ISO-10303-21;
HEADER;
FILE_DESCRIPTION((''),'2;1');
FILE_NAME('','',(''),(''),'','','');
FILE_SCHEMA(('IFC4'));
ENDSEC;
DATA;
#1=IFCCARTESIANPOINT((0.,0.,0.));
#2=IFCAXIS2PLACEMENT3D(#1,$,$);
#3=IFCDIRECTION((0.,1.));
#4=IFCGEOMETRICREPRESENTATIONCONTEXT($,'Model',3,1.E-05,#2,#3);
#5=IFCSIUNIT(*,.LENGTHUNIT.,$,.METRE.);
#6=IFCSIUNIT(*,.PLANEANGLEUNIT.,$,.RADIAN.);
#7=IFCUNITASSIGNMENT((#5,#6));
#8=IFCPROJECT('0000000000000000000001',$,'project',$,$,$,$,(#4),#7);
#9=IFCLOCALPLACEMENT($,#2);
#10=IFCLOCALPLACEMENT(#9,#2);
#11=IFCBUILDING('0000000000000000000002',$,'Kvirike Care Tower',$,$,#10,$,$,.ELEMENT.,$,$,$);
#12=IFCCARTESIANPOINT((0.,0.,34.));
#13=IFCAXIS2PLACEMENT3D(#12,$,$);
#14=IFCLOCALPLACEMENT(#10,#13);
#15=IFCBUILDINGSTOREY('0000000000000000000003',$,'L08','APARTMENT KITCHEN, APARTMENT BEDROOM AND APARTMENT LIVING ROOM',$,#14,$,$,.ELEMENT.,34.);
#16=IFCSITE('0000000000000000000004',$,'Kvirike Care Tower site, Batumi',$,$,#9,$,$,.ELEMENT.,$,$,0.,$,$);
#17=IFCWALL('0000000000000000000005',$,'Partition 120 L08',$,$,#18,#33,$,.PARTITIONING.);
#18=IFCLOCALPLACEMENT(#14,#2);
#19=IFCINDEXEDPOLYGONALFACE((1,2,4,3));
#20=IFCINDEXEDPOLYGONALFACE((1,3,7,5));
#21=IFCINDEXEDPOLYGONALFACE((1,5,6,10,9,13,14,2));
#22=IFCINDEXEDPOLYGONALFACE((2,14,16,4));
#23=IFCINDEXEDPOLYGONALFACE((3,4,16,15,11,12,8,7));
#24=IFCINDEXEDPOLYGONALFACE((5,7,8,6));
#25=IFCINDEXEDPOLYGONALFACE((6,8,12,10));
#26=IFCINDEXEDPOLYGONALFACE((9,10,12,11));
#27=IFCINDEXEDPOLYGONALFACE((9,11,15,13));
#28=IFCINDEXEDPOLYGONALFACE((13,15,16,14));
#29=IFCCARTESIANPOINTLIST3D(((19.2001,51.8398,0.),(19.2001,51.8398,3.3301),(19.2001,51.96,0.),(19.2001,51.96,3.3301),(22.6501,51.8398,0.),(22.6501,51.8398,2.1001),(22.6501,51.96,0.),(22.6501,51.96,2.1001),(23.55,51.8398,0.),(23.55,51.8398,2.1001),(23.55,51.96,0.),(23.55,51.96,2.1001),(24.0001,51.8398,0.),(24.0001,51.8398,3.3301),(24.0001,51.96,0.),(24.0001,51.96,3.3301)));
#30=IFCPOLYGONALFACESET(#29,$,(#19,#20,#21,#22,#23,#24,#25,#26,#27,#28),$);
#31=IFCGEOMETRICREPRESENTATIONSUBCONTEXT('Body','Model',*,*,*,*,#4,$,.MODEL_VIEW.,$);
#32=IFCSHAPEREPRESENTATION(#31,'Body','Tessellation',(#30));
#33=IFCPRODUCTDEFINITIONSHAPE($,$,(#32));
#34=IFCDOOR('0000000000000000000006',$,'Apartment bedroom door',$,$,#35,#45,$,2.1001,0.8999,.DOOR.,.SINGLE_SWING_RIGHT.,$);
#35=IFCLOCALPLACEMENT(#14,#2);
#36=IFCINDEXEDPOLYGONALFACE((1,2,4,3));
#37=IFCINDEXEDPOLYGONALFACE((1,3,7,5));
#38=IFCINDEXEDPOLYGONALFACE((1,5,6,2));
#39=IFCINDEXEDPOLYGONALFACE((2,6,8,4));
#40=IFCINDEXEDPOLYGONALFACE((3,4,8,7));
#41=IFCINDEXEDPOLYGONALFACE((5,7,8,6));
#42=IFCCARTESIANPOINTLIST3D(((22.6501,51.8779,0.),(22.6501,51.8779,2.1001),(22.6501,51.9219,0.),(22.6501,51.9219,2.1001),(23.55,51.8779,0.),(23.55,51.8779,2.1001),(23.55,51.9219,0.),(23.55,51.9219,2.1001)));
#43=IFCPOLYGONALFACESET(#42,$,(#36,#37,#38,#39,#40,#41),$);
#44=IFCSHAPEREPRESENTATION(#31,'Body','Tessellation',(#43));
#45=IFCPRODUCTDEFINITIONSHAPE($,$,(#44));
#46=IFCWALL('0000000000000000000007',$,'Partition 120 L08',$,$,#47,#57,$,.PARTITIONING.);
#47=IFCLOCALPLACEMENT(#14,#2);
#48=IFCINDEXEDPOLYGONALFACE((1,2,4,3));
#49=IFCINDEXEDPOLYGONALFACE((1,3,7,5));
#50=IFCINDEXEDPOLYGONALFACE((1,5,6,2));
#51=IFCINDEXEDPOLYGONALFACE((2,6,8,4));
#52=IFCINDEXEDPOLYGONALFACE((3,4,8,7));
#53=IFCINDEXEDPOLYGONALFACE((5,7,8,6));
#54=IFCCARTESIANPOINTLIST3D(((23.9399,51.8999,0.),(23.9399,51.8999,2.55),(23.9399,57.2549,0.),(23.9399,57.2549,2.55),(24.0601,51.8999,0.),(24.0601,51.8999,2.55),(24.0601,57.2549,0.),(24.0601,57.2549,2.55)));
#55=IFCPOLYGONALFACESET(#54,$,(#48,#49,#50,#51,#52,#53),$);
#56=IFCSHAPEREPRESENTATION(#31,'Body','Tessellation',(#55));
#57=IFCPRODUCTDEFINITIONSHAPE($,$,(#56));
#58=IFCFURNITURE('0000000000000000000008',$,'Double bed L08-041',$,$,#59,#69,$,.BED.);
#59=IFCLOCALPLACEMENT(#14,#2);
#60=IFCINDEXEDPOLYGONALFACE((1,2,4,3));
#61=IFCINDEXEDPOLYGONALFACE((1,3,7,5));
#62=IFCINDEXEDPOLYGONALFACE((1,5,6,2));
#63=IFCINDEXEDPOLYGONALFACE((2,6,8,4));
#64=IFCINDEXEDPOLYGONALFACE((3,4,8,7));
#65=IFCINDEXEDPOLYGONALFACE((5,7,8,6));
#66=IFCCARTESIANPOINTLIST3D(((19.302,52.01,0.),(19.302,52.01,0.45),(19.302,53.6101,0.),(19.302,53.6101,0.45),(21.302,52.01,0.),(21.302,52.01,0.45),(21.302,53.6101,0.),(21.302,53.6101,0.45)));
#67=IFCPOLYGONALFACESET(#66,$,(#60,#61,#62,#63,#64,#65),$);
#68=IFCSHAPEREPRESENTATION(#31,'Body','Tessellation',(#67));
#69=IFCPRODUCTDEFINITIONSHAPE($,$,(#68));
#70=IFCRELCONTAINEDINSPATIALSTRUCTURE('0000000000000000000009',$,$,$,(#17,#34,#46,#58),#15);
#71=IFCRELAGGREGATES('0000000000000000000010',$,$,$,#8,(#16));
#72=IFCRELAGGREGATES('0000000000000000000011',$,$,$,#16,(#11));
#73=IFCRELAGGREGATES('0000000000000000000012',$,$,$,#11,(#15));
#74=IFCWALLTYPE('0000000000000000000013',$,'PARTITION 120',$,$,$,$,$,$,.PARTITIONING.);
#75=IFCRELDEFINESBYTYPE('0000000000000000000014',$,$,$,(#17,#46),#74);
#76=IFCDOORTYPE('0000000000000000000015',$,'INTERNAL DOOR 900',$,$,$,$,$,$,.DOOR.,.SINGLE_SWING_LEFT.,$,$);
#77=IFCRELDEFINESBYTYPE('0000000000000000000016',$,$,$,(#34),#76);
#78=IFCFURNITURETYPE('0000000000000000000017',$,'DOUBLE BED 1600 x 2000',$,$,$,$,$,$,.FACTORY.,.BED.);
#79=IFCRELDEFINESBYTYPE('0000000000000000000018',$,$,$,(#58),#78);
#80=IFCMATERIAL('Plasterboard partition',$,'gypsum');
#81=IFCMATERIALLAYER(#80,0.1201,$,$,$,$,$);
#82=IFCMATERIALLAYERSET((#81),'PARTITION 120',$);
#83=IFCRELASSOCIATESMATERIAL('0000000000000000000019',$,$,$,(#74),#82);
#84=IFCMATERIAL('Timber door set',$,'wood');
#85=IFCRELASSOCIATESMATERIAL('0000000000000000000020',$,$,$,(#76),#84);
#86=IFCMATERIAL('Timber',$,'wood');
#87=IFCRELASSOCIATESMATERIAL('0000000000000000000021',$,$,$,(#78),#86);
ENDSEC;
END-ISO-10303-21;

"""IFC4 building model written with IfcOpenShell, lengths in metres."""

from ifc_helpers import new_model, si_unit, direction, frame, frame_2d, origin, origin_2d, place, context, subcontext, project, spatial, rectangle, extrude, material, layer, layer_set, type_object, element, fill, save


model = new_model("IFC4")

# Units and contexts
model_context = context("Model", 3, precision=1e-05, world=origin(), true_north=direction((0.0, 1.0)))
body_context = subcontext(model_context, "Body", "Model", "MODEL_VIEW")
ifc_project = project(units=[si_unit("LENGTHUNIT", "METRE"), si_unit("PLANEANGLEUNIT", "RADIAN")], contexts=[model_context])

# Site, building, storey
site_placement = place(None, origin())
site = spatial("IfcSite", under=ifc_project, at=site_placement, Name="Kvirike Care Tower site, Batumi", CompositionType="ELEMENT", RefElevation=0.0)
building_placement = place(site_placement, origin())
building = spatial("IfcBuilding", under=site, at=building_placement, Name="Kvirike Care Tower", CompositionType="ELEMENT")
storey_placement = place(building_placement, frame((0.0, 0.0, 34.0)))
storey = spatial("IfcBuildingStorey", under=building, at=storey_placement, Name="L08", Description="APARTMENT KITCHEN, APARTMENT BEDROOM AND APARTMENT LIVING ROOM", CompositionType="ELEMENT", Elevation=34.0)

# Wall, opening, door
ifc_material_1 = material(Name="Plasterboard partition", Category="gypsum")
ifc_layer_1 = layer(ifc_material_1, 0.1201)
ifc_layer_set_1 = layer_set([ifc_layer_1], Name="PARTITION 120")
wall_type_1 = type_object("IfcWallType", Name="PARTITION 120", PredefinedType="PARTITIONING", material=ifc_layer_set_1)
ifc_material_2 = material(Name="Timber door set", Category="wood")
door_type_1 = type_object("IfcDoorType", Name="INTERNAL DOOR 900", OperationType="SINGLE_SWING_LEFT", PredefinedType="DOOR", material=ifc_material_2)
wall_1_placement = place(storey_placement, frame((24.0, 51.8999, 0.0), z_axis=(0.0, 0.0, 1.0), x_axis=(-1.0, 0.0, 0.0)))
wall_1 = element("IfcWall", 1, at=wall_1_placement, inside=storey, type_object=wall_type_1, Name="Partition 120 L08", PredefinedType="PARTITIONING", context=body_context, shape_type="SweptSolid", body=[
    extrude(rectangle(XDim=4.8, YDim=0.1201, at=frame_2d((2.3999, 0.0))), origin(), (0.0, 0.0, 1.0), 3.3301),
])
opening_1_placement = place(wall_1_placement, frame((0.45, 0.0, 0.0)))
opening_1 = element("IfcOpeningElement", 2, at=opening_1_placement, cuts=wall_1, PredefinedType="OPENING", context=body_context, shape_type="SweptSolid", body=[
    extrude(rectangle(XDim=0.8999, YDim=2.1001, at=frame_2d((0.45, 1.05))), frame((0.0, 0.0706, 0.0), z_axis=(0.0, -1.0, 0.0), x_axis=(1.0, 0.0, 0.0)), (0.0, 0.0, 1.0), 0.1411),
])
door_1_placement = place(opening_1_placement, origin())
door_1 = element("IfcDoor", 3, at=door_1_placement, inside=storey, type_object=door_type_1, Name="Apartment bedroom door", OperationType="SINGLE_SWING_RIGHT", OverallHeight=2.1001, OverallWidth=0.8999, PredefinedType="DOOR", context=body_context, shape_type="SweptSolid", body=[
    extrude(rectangle(XDim=0.8999, YDim=2.1001, at=frame_2d((0.45, 1.05))), frame((0.0, 0.022, 0.0), z_axis=(0.0, -1.0, 0.0), x_axis=(1.0, 0.0, 0.0)), (0.0, 0.0, 1.0), 0.0439),
])
fill(opening_1, door_1)

# Wall
wall_2_placement = place(storey_placement, frame((24.0, 57.2549, 0.0), z_axis=(0.0, 0.0, 1.0), x_axis=(0.0, -1.0, 0.0)))
element("IfcWall", 4, at=wall_2_placement, inside=storey, type_object=wall_type_1, Name="Partition 120 L08", PredefinedType="PARTITIONING", context=body_context, shape_type="SweptSolid", body=[
    extrude(rectangle(XDim=5.355, YDim=0.1201, at=frame_2d((2.6775, 0.0))), origin(), (0.0, 0.0, 1.0), 2.55),
])

# Furniture
ifc_material_3 = material(Name="Timber", Category="wood")
furniture_type = type_object("IfcFurnitureType", Name="DOUBLE BED 1600 x 2000", AssemblyPlace="FACTORY", PredefinedType="BED", material=ifc_material_3)
furniture_placement = place(storey_placement, frame((20.302, 52.8101, 0.0), z_axis=(0.0, 0.0, 1.0), x_axis=(0.0, 1.0, 0.0)))
element("IfcFurniture", 5, at=furniture_placement, inside=storey, type_object=furniture_type, Name="Double bed L08-041", PredefinedType="BED", context=body_context, shape_type="SweptSolid", body=[
    extrude(rectangle(XDim=1.6001, YDim=2.0, at=origin_2d()), origin(), (0.0, 0.0, 1.0), 0.45),
])

save(model, "model.ifc")
